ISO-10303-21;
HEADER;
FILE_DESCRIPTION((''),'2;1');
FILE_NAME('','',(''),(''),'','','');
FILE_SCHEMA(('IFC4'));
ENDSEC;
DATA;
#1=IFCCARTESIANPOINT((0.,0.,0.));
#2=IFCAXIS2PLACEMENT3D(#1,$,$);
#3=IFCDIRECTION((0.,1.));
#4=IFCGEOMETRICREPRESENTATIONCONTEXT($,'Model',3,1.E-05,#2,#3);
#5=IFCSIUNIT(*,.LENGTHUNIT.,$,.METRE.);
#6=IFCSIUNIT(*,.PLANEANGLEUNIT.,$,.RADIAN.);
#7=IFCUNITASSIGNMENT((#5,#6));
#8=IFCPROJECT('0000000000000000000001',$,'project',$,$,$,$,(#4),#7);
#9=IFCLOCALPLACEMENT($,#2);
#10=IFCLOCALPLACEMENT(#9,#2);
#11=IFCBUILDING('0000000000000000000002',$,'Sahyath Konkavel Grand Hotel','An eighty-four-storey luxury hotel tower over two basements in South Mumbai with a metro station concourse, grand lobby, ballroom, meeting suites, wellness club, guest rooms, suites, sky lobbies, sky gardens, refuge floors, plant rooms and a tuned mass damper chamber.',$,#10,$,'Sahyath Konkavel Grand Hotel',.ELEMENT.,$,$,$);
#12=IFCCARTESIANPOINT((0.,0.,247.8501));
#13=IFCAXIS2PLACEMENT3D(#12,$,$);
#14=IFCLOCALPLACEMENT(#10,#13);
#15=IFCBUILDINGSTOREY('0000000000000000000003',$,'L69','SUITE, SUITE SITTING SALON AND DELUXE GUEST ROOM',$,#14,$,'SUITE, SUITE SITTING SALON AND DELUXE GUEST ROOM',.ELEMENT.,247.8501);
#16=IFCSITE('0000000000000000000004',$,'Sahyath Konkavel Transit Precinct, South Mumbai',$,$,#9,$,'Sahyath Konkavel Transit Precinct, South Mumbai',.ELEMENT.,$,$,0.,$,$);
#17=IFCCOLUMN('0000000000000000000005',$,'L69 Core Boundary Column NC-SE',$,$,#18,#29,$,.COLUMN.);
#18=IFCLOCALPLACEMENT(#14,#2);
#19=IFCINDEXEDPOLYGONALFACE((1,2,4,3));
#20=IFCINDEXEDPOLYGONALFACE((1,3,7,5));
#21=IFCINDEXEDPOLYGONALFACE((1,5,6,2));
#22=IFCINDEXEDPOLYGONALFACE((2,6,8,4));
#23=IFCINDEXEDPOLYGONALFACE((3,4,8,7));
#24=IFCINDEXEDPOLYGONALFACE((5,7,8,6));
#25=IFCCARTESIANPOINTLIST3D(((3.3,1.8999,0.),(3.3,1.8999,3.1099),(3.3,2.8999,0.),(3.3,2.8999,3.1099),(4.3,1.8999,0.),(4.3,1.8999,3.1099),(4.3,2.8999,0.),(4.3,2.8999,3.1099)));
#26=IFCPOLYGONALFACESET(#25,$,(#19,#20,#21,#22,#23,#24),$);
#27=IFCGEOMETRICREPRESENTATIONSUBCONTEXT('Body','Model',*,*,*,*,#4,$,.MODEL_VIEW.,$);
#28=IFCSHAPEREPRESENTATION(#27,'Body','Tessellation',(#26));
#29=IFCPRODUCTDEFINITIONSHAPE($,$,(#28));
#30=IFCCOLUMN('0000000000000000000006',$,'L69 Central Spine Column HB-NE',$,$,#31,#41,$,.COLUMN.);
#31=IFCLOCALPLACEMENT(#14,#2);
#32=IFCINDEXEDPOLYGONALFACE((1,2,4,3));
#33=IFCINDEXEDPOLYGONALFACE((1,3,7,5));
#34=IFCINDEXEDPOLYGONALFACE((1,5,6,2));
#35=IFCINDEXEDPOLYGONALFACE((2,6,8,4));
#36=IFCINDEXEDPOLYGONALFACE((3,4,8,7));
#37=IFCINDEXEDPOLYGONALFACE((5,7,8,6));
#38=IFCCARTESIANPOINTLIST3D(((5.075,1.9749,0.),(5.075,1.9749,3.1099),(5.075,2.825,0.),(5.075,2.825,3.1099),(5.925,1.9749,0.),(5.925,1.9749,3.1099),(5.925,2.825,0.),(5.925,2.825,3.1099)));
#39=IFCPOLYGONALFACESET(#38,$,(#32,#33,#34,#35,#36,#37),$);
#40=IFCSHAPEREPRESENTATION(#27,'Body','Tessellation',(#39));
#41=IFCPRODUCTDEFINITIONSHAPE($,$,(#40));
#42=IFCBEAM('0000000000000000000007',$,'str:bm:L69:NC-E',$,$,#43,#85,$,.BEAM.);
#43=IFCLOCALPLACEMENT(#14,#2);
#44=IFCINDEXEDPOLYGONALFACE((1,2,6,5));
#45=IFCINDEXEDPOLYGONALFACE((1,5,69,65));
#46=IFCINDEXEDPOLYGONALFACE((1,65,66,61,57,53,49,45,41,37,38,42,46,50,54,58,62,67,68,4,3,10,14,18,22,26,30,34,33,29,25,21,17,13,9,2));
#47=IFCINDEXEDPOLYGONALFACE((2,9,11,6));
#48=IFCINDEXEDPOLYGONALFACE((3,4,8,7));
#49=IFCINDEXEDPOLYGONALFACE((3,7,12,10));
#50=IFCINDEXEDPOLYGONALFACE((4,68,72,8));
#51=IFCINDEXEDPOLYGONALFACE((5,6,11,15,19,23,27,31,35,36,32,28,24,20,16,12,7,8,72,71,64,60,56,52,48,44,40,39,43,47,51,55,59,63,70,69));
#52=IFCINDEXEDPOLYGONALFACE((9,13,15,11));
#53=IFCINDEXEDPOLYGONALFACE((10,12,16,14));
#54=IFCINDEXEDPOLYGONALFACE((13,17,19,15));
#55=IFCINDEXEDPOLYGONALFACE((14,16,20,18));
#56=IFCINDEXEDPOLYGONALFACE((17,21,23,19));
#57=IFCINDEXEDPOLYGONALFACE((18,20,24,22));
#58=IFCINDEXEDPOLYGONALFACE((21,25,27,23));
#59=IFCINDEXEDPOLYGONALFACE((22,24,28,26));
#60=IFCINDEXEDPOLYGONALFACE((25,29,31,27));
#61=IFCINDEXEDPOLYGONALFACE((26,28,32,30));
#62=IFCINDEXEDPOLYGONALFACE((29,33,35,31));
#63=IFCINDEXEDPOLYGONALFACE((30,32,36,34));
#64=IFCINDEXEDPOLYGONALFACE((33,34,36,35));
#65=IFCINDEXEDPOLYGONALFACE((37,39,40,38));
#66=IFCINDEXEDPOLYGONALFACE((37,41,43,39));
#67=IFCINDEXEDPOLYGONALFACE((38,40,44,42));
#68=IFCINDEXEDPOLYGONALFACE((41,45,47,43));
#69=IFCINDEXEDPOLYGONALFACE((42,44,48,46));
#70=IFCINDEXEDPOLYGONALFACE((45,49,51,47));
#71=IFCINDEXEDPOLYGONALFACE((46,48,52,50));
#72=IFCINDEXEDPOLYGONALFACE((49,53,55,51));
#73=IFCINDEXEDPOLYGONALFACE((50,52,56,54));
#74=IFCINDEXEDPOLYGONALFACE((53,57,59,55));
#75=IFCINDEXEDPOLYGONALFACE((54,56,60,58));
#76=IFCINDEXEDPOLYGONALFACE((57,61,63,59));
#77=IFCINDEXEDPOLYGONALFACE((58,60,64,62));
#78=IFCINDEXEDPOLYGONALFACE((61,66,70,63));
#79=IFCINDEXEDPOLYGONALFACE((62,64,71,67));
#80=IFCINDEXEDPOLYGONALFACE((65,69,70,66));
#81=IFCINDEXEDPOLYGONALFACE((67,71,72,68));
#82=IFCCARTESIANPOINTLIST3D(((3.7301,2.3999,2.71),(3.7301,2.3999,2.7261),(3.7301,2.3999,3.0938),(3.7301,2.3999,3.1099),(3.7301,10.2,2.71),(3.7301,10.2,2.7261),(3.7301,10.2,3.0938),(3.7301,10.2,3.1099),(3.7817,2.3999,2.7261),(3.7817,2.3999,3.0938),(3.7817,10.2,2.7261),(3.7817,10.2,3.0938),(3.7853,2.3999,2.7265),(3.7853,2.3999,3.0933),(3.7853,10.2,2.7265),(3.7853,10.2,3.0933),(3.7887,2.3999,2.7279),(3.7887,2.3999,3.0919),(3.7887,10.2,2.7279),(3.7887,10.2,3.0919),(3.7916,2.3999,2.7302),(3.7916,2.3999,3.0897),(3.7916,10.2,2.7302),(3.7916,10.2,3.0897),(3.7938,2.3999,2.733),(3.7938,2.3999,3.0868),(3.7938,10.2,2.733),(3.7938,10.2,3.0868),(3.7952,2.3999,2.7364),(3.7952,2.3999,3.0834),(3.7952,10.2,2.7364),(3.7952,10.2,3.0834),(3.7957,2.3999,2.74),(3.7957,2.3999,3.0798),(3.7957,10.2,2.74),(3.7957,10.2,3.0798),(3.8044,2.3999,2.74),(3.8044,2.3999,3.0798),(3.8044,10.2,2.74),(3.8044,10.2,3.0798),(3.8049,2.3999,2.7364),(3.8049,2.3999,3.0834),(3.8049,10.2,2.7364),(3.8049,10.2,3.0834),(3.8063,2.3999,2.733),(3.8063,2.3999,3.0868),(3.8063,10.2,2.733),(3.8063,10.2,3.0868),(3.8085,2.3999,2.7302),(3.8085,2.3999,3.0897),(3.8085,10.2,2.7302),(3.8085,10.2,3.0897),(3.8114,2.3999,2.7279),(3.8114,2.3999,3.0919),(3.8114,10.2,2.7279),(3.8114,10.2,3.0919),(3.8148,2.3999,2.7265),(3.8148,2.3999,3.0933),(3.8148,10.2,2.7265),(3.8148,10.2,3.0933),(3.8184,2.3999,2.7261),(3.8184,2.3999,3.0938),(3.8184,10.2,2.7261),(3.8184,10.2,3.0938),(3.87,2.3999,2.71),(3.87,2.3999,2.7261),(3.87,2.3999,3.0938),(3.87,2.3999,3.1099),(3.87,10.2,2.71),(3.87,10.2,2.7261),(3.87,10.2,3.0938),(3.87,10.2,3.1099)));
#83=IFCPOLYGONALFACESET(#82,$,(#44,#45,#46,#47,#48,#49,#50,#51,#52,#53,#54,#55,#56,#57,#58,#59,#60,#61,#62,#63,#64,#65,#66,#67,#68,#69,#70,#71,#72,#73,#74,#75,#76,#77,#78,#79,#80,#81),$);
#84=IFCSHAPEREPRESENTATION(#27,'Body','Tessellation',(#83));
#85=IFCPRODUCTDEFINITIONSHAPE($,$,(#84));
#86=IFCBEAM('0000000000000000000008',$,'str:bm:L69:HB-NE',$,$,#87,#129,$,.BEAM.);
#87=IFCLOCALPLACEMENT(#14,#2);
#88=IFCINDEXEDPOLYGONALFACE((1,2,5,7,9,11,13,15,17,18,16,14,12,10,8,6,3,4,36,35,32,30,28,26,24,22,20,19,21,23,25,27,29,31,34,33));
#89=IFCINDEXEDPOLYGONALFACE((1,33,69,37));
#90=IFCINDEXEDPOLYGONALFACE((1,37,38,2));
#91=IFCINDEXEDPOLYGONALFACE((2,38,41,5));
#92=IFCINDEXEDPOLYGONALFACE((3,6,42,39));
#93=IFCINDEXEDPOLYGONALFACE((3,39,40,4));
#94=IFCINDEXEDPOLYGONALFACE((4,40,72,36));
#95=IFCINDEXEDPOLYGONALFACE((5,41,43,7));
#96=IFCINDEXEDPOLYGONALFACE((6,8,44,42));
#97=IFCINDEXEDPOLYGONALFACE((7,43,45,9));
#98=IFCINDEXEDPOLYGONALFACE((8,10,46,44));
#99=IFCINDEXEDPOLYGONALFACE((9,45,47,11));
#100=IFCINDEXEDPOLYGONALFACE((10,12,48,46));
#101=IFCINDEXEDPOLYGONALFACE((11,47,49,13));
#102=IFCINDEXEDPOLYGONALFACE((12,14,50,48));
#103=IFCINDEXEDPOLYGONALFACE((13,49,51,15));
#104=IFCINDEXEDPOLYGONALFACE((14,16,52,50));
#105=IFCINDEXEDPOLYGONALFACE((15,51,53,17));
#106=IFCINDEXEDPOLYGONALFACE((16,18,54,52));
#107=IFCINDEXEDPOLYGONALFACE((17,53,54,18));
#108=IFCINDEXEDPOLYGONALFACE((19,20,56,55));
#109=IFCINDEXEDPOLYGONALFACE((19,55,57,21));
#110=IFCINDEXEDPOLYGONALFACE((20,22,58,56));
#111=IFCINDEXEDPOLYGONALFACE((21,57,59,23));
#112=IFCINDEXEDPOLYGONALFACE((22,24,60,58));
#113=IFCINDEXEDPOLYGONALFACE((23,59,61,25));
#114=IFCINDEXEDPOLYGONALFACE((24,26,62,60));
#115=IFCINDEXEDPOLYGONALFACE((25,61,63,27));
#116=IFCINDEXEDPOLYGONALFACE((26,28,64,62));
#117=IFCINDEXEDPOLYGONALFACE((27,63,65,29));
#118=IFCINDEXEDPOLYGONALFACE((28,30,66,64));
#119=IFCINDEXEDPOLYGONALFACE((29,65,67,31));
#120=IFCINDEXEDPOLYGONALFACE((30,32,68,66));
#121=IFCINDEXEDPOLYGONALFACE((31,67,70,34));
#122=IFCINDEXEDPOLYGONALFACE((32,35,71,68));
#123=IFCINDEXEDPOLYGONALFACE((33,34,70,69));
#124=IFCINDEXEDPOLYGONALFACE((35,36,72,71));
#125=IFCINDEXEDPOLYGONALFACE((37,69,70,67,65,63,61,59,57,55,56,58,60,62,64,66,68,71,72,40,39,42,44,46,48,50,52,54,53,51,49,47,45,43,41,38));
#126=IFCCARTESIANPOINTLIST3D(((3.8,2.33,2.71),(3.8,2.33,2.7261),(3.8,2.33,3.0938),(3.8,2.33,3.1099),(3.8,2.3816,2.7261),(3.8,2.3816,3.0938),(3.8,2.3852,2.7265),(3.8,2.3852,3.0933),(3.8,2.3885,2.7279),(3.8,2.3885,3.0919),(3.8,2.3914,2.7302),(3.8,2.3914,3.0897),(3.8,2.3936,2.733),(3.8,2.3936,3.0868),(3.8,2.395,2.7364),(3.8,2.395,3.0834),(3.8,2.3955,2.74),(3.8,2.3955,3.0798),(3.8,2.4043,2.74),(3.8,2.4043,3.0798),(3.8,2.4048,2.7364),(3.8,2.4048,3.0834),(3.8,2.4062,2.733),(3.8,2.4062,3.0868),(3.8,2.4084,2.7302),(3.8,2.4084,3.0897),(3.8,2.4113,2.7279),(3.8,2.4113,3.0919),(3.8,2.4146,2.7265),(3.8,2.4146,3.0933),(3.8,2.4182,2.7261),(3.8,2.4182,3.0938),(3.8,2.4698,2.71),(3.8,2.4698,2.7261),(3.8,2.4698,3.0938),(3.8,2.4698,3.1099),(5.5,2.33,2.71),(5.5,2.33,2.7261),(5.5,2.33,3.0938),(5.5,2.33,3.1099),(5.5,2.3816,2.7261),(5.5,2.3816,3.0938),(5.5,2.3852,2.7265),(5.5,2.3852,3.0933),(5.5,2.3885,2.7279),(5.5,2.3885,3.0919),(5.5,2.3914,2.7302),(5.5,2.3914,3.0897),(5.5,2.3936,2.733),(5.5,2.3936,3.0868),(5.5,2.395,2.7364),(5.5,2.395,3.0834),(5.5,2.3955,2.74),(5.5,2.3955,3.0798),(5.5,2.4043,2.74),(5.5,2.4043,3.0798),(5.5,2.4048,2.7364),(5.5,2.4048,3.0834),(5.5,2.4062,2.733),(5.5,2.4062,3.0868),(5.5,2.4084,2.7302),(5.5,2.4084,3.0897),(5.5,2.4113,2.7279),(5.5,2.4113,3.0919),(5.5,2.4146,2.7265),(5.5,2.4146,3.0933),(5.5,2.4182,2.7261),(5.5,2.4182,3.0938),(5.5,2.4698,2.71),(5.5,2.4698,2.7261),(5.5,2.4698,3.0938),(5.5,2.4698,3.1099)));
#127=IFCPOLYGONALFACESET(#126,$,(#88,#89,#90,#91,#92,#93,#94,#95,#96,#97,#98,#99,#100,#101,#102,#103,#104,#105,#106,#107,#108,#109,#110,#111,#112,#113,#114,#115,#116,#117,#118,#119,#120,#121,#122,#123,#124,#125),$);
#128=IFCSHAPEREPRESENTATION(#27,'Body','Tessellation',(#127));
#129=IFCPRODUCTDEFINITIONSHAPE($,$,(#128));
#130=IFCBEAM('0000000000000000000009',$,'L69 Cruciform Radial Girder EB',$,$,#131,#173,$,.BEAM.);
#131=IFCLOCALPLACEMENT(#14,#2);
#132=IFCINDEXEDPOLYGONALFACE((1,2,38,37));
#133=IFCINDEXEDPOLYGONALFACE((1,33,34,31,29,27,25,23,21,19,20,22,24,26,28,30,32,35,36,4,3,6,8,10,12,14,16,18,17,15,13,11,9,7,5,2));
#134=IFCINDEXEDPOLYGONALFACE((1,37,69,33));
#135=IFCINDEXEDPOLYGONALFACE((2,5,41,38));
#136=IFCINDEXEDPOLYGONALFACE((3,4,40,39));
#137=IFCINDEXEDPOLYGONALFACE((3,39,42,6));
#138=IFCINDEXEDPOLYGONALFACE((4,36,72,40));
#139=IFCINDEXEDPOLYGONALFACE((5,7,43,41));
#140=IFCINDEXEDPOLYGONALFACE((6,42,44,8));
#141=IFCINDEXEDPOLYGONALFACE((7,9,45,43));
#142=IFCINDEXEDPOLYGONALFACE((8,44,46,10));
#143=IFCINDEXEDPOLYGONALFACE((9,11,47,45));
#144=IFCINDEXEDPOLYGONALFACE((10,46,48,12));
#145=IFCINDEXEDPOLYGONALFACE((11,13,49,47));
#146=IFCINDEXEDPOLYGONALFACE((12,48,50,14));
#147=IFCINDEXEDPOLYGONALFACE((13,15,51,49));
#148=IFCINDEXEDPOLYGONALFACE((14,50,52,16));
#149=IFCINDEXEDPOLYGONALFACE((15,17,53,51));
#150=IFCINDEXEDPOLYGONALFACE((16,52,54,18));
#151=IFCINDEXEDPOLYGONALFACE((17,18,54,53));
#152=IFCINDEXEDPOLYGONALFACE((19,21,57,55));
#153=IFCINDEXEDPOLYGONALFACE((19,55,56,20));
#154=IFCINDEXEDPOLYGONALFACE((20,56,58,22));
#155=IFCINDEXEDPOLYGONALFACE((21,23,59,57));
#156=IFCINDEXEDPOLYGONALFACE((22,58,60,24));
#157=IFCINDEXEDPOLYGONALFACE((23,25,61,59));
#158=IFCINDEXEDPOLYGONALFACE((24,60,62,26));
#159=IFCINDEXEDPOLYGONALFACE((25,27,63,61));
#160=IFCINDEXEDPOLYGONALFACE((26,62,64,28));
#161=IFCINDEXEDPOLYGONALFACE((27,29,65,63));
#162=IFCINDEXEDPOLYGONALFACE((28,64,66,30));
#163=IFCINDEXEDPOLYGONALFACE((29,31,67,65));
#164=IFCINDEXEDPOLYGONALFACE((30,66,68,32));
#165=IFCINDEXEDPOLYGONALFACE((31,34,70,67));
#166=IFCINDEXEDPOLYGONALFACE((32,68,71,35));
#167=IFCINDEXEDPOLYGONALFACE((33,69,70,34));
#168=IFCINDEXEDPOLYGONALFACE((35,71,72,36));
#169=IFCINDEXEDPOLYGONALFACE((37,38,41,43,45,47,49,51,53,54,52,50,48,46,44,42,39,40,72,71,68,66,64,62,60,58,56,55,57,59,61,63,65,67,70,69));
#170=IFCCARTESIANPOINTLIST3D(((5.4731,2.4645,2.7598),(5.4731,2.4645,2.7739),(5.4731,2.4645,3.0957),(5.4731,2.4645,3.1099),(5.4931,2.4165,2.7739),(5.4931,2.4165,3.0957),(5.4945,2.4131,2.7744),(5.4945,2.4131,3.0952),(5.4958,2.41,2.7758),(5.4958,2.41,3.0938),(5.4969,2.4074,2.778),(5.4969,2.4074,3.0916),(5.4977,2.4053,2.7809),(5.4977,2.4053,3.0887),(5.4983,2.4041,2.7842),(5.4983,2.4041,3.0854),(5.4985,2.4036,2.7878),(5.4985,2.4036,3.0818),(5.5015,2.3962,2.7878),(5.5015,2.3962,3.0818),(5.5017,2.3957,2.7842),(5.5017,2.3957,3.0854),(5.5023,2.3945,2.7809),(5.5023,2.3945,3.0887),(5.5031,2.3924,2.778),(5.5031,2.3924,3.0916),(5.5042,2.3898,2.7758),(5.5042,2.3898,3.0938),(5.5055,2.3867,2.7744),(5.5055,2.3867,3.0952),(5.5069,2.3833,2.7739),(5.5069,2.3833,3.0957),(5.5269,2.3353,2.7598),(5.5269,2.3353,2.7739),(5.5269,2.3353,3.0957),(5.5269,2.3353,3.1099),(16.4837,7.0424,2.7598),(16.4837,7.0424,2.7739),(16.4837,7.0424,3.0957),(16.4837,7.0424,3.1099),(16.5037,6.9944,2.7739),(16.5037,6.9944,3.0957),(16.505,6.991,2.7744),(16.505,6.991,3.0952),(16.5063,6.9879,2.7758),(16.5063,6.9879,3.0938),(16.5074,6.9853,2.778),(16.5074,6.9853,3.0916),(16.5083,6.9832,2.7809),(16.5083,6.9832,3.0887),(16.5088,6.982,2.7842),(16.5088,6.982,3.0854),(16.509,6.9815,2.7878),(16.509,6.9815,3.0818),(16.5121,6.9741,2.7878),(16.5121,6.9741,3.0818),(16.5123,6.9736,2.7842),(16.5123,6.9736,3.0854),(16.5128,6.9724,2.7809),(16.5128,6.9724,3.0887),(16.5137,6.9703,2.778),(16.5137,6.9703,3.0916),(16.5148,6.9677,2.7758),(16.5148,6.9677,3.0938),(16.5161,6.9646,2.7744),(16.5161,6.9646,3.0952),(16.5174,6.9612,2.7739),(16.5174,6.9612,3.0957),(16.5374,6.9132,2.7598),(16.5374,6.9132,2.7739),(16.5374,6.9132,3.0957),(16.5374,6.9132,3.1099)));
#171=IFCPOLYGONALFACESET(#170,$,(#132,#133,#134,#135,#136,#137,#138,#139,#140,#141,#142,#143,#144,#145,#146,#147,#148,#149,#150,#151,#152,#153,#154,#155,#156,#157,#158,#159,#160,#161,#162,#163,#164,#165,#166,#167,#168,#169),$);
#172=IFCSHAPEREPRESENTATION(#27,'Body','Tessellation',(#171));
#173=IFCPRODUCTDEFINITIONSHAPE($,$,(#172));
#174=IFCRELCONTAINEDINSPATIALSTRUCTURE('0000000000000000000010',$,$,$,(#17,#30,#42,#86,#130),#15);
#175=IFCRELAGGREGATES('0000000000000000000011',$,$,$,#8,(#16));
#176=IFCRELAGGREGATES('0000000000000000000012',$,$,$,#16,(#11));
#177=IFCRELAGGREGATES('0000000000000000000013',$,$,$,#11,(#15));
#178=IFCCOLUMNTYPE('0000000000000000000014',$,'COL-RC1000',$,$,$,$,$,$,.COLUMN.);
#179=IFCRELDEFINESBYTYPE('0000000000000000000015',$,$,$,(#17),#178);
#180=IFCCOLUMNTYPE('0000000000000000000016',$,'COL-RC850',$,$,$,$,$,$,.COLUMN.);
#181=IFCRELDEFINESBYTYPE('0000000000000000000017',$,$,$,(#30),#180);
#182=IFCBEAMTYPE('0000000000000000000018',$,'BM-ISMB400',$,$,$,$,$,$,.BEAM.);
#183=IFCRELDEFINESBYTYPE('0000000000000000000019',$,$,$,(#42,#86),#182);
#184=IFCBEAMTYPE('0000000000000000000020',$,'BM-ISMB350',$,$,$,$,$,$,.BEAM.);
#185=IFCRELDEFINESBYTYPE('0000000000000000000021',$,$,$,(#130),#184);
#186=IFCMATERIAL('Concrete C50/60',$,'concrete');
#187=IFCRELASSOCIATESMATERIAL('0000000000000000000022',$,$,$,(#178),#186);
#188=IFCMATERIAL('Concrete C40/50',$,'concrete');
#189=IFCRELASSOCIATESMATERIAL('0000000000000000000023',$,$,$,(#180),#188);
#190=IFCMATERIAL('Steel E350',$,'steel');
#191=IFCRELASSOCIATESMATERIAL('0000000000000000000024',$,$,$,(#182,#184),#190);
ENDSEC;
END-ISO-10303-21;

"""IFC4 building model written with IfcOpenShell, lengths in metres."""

from ifc_helpers import new_model, si_unit, direction, frame, origin, origin_2d, place, context, subcontext, project, spatial, rectangle, i_section, extrude, source, transform, mapped, material, material_profile, profile_set, type_object, element, save


model = new_model("IFC4")

# Units and contexts
model_context = context("Model", 3, precision=1e-05, world=origin(), true_north=direction((0.0, 1.0)))
body_context = subcontext(model_context, "Body", "Model", "MODEL_VIEW")
ifc_project = project(units=[si_unit("LENGTHUNIT", "METRE"), si_unit("PLANEANGLEUNIT", "RADIAN")], contexts=[model_context])

# Site, building, storey
site_placement = place(None, origin())
site = spatial("IfcSite", under=ifc_project, at=site_placement, Name="Sahyath Konkavel Transit Precinct, South Mumbai", LongName="Sahyath Konkavel Transit Precinct, South Mumbai", CompositionType="ELEMENT", RefElevation=0.0)
building_placement = place(site_placement, origin())
building = spatial("IfcBuilding", under=site, at=building_placement, Name="Sahyath Konkavel Grand Hotel", Description="An eighty-four-storey luxury hotel tower over two basements in South Mumbai with a metro station concourse, grand lobby, ballroom, meeting suites, wellness club, guest rooms, suites, sky lobbies, sky gardens, refuge floors, plant rooms and a tuned mass damper chamber.", LongName="Sahyath Konkavel Grand Hotel", CompositionType="ELEMENT")
storey_placement = place(building_placement, frame((0.0, 0.0, 247.8501)))
storey = spatial("IfcBuildingStorey", under=building, at=storey_placement, Name="L69", Description="SUITE, SUITE SITTING SALON AND DELUXE GUEST ROOM", LongName="SUITE, SUITE SITTING SALON AND DELUXE GUEST ROOM", CompositionType="ELEMENT", Elevation=247.8501)

# Columns
ifc_material_1 = material(Name="Concrete C50/60", Category="concrete")
ifc_material_profile_1 = material_profile(ifc_material_1, rectangle(XDim=1.0, YDim=1.0, at=origin_2d()), Name="RC 1000x1000")
ifc_profile_set_1 = profile_set([ifc_material_profile_1], Name="Concrete C50/60")
column_type_1 = type_object("IfcColumnType", Name="COL-RC1000", PredefinedType="COLUMN", material=ifc_profile_set_1)
shared_shape_1 = source(origin(), body_context, "Body", "SweptSolid", [
    extrude(rectangle(XDim=1.0, YDim=1.0, at=origin_2d()), origin(), (0.0, 0.0, 1.0), 3.1099),
])
column_1_placement = place(storey_placement, frame((3.8, 2.3999, 0.0), z_axis=(0.0, 0.0, 1.0), x_axis=(1.0, 0.0, 0.0)))
element("IfcColumn", 1, at=column_1_placement, inside=storey, type_object=column_type_1, Name="L69 Core Boundary Column NC-SE", PredefinedType="COLUMN", context=body_context, shape_type="MappedRepresentation", body=[
    mapped(shared_shape_1, transform((0.0, 0.0, 0.0), scale=1.0)),
])
ifc_material_2 = material(Name="Concrete C40/50", Category="concrete")
ifc_material_profile_2 = material_profile(ifc_material_2, rectangle(XDim=0.8501, YDim=0.8501, at=origin_2d()), Name="RC 850x850")
ifc_profile_set_2 = profile_set([ifc_material_profile_2], Name="Concrete C40/50")
column_type_2 = type_object("IfcColumnType", Name="COL-RC850", PredefinedType="COLUMN", material=ifc_profile_set_2)
shared_shape_2 = source(origin(), body_context, "Body", "SweptSolid", [
    extrude(rectangle(XDim=0.8501, YDim=0.8501, at=origin_2d()), origin(), (0.0, 0.0, 1.0), 3.1099),
])
column_2_placement = place(storey_placement, frame((5.5, 2.3999, 0.0), z_axis=(0.0, 0.0, 1.0), x_axis=(1.0, 0.0, 0.0)))
element("IfcColumn", 2, at=column_2_placement, inside=storey, type_object=column_type_2, Name="L69 Central Spine Column HB-NE", PredefinedType="COLUMN", context=body_context, shape_type="MappedRepresentation", body=[
    mapped(shared_shape_2, transform((0.0, 0.0, 0.0), scale=1.0)),
])

# Beams
ifc_material_3 = material(Name="Steel E350", Category="steel")
ifc_material_profile_3 = material_profile(ifc_material_3, i_section(OverallWidth=0.1399, OverallDepth=0.3999, WebThickness=0.0088, FlangeThickness=0.0161, FilletRadius=0.0139, at=origin_2d()), Name="ISMB 400")
ifc_profile_set_3 = profile_set([ifc_material_profile_3], Name="Steel E350")
beam_type_1 = type_object("IfcBeamType", Name="BM-ISMB400", PredefinedType="BEAM", material=ifc_profile_set_3)
shared_shape_3 = source(origin(), body_context, "Body", "SweptSolid", [
    extrude(i_section(OverallWidth=0.1399, OverallDepth=0.3999, WebThickness=0.0088, FlangeThickness=0.0161, FilletRadius=0.0139, at=origin_2d()), origin(), (0.0, 0.0, 1.0), 7.8),
])
beam_1_placement = place(storey_placement, frame((3.8, 2.3999, 2.9099), z_axis=(0.0, 1.0, 0.0), x_axis=(-1.0, 0.0, 0.0)))
element("IfcBeam", 3, at=beam_1_placement, inside=storey, type_object=beam_type_1, Name="str:bm:L69:NC-E", PredefinedType="BEAM", context=body_context, shape_type="MappedRepresentation", body=[
    mapped(shared_shape_3, transform((0.0, 0.0, 0.0), scale=1.0)),
])
shared_shape_4 = source(origin(), body_context, "Body", "SweptSolid", [
    extrude(i_section(OverallWidth=0.1399, OverallDepth=0.3999, WebThickness=0.0088, FlangeThickness=0.0161, FilletRadius=0.0139, at=origin_2d()), origin(), (0.0, 0.0, 1.0), 1.7),
])
beam_2_placement = place(storey_placement, frame((3.8, 2.3999, 2.9099), z_axis=(1.0, 0.0, 0.0), x_axis=(0.0, 1.0, 0.0)))
element("IfcBeam", 4, at=beam_2_placement, inside=storey, type_object=beam_type_1, Name="str:bm:L69:HB-NE", PredefinedType="BEAM", context=body_context, shape_type="MappedRepresentation", body=[
    mapped(shared_shape_4, transform((0.0, 0.0, 0.0), scale=1.0)),
])
ifc_material_profile_4 = material_profile(ifc_material_3, i_section(OverallWidth=0.1399, OverallDepth=0.3501, WebThickness=0.0081, FlangeThickness=0.0142, FilletRadius=0.0139, at=origin_2d()), Name="ISMB 350")
ifc_profile_set_4 = profile_set([ifc_material_profile_4], Name="Steel E350")
beam_type_2 = type_object("IfcBeamType", Name="BM-ISMB350", PredefinedType="BEAM", material=ifc_profile_set_4)
shared_shape_5 = source(origin(), body_context, "Body", "SweptSolid", [
    extrude(i_section(OverallWidth=0.1399, OverallDepth=0.3501, WebThickness=0.0081, FlangeThickness=0.0142, FilletRadius=0.0139, at=origin_2d()), origin(), (0.0, 0.0, 1.0), 11.9243),
])
beam_3_placement = place(storey_placement, frame((5.5, 2.3999, 2.9348), z_axis=(0.923369, 0.383913, 0.0), x_axis=(-0.383913, 0.923369, 0.0)))
element("IfcBeam", 5, at=beam_3_placement, inside=storey, type_object=beam_type_2, Name="L69 Cruciform Radial Girder EB", PredefinedType="BEAM", context=body_context, shape_type="MappedRepresentation", body=[
    mapped(shared_shape_5, transform((0.0, 0.0, 0.0), scale=1.0)),
])

save(model, "model.ifc")
